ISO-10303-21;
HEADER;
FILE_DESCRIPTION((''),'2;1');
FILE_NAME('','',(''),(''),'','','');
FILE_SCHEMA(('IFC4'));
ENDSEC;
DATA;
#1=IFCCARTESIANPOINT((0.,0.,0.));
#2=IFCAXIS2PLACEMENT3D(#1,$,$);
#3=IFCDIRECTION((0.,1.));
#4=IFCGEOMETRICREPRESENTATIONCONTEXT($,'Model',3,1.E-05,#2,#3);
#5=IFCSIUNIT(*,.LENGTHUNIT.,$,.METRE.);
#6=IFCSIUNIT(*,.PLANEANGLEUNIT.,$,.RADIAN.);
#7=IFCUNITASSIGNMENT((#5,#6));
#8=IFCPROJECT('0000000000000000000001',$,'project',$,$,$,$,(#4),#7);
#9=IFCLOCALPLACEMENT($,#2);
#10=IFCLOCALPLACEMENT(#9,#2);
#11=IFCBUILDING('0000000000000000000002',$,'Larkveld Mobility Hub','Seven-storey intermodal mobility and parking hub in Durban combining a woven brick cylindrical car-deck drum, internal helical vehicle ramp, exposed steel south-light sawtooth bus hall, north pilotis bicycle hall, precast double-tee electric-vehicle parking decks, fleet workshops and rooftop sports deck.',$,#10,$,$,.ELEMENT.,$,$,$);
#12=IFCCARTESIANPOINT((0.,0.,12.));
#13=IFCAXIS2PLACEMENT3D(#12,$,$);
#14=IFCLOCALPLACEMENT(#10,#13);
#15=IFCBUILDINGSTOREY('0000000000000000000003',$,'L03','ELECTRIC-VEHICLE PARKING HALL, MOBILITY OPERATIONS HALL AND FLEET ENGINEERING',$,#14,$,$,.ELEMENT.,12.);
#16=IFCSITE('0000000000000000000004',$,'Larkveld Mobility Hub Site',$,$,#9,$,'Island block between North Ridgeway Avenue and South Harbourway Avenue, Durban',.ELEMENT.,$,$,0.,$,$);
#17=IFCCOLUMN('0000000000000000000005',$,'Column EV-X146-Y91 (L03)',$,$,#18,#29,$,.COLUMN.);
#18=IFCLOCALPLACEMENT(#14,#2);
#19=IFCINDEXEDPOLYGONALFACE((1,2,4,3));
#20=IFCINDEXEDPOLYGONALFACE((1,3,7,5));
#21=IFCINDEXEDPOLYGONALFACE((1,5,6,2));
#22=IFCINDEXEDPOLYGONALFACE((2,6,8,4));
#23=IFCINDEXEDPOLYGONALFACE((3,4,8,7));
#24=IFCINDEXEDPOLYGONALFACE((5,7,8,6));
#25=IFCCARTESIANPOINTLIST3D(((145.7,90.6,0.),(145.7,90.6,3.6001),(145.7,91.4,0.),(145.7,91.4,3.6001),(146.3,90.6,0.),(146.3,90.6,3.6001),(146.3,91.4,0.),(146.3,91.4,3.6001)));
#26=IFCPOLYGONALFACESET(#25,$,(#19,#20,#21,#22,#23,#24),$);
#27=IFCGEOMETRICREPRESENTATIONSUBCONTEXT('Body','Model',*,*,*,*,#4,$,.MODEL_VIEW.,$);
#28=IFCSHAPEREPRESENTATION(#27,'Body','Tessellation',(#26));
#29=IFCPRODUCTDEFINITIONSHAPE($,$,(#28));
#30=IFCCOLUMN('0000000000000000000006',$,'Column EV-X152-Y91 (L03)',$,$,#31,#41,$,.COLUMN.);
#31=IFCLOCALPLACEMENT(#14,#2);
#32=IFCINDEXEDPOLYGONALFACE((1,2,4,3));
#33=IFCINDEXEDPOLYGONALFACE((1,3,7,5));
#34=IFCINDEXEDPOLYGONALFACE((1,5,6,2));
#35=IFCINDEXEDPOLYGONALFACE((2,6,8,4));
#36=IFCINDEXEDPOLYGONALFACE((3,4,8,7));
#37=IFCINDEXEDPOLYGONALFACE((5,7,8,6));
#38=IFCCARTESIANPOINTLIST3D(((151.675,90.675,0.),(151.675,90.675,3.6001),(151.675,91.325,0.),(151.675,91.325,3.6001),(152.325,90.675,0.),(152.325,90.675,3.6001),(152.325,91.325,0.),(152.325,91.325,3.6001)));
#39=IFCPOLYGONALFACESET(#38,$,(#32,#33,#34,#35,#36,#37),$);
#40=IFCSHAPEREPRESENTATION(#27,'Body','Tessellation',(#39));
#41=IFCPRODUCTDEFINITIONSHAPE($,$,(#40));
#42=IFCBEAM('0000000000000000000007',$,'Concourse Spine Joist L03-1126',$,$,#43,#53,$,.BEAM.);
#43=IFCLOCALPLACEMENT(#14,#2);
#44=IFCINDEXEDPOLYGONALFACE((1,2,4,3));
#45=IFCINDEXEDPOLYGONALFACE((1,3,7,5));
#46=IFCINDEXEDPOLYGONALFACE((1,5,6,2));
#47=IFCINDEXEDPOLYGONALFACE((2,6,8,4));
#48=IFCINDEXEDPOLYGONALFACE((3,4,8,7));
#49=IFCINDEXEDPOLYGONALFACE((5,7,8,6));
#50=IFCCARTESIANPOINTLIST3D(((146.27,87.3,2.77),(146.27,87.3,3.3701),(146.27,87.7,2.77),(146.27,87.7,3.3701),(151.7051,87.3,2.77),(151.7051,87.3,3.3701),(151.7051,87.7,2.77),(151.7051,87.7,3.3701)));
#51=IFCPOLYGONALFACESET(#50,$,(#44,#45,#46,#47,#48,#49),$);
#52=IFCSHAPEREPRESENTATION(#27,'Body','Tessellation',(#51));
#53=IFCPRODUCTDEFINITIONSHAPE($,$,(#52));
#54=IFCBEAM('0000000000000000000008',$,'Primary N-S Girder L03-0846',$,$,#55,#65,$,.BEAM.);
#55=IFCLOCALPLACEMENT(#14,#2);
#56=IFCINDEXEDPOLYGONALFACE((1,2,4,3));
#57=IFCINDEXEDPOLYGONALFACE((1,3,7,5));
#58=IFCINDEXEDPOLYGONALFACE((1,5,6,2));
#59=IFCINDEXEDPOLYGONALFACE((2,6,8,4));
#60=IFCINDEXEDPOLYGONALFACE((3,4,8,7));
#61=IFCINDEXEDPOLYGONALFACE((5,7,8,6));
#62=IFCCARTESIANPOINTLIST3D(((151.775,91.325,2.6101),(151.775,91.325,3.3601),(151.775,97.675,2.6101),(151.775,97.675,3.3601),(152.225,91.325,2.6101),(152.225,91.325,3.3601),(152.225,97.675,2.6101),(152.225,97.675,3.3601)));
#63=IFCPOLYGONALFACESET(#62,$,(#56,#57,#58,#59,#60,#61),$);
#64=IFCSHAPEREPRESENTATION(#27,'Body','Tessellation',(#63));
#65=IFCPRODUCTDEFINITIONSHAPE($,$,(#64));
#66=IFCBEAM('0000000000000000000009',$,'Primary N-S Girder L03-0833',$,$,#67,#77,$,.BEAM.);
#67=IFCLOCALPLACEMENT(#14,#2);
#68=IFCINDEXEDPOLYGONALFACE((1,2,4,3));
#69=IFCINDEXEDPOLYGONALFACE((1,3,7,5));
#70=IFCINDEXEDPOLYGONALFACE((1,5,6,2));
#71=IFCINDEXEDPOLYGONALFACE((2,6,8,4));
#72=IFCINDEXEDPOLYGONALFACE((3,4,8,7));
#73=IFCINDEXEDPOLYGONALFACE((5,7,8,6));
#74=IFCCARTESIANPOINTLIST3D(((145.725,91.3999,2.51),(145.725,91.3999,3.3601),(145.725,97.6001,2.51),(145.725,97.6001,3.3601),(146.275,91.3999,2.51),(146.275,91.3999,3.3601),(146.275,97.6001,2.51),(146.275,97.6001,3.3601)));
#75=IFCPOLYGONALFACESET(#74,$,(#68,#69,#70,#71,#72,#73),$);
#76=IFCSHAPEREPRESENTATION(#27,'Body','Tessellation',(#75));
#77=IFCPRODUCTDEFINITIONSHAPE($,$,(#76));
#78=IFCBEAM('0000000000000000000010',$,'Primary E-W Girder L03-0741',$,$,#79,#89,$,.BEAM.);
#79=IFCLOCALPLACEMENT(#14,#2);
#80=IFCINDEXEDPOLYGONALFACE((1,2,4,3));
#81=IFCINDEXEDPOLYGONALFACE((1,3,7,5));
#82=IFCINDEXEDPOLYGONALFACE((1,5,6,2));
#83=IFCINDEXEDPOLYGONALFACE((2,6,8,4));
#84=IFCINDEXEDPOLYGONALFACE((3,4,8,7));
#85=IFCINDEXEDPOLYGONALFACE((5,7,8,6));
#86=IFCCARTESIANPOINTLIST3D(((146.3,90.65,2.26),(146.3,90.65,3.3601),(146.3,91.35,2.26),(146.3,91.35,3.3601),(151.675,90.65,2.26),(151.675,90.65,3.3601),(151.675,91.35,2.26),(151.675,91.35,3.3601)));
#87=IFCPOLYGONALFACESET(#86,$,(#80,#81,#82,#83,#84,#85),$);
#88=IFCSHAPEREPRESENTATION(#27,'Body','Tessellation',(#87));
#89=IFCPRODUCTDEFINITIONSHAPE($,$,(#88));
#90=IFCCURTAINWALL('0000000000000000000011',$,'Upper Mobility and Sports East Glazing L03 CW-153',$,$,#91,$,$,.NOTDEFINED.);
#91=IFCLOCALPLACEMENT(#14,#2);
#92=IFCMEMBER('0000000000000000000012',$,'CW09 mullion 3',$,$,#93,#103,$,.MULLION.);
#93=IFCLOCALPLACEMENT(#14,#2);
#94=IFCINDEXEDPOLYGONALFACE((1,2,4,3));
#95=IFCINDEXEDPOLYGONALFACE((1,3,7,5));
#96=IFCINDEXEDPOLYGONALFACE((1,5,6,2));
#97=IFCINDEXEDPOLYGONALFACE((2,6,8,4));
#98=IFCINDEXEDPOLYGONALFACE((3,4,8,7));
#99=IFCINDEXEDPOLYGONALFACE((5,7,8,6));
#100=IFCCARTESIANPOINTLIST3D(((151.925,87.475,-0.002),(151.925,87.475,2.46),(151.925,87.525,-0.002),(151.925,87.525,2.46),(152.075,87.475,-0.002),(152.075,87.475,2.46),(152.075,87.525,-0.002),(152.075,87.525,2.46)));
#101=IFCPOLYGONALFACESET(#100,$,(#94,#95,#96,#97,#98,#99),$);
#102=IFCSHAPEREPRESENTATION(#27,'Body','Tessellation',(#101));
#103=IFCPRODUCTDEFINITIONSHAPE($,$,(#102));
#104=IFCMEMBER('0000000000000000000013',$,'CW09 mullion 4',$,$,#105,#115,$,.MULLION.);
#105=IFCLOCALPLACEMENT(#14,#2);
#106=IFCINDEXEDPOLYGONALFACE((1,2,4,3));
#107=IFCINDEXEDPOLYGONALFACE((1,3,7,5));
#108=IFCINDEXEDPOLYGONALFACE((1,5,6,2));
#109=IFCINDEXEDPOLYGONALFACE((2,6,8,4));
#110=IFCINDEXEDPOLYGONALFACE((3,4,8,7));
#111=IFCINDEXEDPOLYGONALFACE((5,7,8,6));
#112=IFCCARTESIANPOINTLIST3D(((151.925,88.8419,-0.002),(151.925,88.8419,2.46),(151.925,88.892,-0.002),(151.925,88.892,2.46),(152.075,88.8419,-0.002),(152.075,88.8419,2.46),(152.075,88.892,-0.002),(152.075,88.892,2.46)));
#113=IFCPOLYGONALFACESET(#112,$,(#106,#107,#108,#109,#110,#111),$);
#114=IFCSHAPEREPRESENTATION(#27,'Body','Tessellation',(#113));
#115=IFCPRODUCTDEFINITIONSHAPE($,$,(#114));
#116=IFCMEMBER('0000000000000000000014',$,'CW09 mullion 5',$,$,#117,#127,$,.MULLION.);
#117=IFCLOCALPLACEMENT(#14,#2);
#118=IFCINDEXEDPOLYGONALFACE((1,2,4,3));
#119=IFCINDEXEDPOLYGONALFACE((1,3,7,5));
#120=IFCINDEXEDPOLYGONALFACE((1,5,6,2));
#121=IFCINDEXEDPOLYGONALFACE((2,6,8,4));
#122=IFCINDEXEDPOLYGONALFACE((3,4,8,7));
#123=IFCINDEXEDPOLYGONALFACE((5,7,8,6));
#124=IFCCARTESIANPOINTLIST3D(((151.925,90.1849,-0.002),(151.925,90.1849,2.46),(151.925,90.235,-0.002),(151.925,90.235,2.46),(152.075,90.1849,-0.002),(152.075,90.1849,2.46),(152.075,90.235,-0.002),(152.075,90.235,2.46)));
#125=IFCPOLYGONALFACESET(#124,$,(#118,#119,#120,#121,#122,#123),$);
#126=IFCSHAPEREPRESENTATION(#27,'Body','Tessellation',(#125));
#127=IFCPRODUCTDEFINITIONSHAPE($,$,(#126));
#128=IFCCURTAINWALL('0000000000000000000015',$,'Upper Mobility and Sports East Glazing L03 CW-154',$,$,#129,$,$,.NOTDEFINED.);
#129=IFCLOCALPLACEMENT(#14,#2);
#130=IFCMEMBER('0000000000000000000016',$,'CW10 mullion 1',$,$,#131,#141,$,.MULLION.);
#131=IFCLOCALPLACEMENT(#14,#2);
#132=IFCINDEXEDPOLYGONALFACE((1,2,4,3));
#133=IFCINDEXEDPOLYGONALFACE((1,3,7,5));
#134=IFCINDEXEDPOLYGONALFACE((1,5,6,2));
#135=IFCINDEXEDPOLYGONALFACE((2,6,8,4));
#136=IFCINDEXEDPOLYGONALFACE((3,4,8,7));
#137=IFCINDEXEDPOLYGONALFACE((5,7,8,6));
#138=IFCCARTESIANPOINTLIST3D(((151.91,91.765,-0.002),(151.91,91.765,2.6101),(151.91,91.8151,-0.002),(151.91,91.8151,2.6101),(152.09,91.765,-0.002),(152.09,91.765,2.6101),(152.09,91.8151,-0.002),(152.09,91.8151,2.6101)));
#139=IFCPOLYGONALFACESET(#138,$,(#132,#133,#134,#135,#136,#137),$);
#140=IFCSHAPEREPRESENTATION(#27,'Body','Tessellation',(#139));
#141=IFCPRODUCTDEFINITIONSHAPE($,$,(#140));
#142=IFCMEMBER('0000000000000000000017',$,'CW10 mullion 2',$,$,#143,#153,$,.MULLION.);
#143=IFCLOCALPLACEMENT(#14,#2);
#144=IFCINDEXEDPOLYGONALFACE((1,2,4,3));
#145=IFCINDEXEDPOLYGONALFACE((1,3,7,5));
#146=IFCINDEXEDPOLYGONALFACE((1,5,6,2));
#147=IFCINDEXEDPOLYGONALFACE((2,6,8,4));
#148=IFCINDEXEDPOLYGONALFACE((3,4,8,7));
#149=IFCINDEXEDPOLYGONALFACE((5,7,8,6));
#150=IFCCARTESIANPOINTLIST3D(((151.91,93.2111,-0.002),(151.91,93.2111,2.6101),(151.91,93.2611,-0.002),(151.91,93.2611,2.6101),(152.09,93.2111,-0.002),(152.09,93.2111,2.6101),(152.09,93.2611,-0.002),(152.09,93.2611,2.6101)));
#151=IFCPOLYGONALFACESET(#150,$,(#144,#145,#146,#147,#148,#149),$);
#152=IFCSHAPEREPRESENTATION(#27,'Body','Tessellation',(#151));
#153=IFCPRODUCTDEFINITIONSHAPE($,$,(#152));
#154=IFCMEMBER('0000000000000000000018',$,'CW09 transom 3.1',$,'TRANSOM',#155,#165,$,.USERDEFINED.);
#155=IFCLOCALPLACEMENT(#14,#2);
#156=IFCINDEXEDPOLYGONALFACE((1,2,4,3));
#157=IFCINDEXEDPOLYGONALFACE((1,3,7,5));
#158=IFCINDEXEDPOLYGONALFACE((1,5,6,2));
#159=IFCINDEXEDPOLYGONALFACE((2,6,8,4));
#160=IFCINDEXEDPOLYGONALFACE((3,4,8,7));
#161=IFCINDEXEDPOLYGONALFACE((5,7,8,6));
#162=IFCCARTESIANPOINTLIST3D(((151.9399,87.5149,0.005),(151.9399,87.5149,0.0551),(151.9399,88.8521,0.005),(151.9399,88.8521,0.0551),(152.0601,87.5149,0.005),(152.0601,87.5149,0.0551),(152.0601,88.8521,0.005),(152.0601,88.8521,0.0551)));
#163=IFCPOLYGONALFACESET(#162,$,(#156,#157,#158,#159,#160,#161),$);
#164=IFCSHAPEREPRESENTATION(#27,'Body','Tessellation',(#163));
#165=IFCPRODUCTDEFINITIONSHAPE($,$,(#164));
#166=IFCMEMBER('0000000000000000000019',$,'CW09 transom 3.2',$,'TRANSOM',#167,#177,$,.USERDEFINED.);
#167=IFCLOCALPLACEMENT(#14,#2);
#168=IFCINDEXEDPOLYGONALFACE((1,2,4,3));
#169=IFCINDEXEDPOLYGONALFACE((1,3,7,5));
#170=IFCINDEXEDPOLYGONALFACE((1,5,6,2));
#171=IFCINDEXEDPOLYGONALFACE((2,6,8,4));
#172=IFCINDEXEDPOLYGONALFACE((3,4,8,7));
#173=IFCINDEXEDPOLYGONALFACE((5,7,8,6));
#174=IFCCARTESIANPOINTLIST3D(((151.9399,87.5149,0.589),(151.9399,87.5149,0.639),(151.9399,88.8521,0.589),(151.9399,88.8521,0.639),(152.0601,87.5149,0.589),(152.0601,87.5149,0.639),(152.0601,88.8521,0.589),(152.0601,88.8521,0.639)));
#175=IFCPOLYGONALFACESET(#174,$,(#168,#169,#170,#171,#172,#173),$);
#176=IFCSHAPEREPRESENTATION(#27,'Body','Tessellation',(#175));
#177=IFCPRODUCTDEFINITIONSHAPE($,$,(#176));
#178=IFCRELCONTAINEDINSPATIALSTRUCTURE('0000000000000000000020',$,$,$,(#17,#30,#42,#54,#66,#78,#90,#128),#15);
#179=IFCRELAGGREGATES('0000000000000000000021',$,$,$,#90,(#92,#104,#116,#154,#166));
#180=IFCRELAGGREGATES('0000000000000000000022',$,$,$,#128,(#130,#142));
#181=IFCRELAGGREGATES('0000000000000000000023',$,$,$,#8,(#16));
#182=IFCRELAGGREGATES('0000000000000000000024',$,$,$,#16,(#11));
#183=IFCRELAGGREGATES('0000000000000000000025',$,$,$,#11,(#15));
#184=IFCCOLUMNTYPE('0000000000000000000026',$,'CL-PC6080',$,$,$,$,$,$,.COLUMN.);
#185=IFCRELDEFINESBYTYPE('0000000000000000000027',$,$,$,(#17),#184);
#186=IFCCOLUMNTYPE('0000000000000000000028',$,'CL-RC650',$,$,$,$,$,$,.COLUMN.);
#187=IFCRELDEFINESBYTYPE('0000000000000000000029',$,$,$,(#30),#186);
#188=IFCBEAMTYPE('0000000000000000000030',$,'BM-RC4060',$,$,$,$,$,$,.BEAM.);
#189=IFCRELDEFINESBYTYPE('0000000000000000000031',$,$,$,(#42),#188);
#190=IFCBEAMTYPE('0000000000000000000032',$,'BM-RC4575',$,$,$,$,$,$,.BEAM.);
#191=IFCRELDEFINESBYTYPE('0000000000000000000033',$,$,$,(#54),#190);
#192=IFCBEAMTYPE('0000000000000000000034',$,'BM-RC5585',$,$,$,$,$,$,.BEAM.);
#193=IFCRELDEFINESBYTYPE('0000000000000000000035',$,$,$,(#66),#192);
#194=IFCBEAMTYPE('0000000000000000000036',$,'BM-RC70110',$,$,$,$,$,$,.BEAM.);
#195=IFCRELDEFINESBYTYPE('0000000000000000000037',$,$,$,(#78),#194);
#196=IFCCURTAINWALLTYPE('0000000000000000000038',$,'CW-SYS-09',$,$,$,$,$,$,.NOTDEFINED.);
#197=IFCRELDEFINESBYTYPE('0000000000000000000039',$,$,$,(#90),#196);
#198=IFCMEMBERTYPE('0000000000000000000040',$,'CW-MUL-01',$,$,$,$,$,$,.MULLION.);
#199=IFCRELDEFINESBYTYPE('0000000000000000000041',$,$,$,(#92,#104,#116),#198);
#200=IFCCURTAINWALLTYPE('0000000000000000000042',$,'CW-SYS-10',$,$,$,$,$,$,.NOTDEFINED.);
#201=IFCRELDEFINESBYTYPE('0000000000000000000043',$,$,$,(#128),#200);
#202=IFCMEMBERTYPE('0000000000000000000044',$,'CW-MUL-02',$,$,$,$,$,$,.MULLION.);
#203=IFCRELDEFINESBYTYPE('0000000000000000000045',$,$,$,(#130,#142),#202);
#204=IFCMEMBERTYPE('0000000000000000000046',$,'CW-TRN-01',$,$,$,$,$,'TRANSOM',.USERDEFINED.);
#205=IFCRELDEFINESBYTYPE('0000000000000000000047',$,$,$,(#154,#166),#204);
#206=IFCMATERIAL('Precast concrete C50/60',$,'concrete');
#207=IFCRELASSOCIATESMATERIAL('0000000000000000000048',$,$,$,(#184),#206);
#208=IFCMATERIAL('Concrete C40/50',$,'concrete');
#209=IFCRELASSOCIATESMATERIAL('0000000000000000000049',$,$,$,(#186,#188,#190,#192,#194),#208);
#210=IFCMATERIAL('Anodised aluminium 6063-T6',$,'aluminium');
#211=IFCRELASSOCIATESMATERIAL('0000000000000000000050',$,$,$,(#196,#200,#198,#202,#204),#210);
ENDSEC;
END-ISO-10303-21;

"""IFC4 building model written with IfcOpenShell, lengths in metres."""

from ifc_helpers import new_model, si_unit, direction, frame, origin, origin_2d, place, context, subcontext, project, spatial, rectangle, extrude, material, material_profile, profile_set, type_object, element, aggregate, save


model = new_model("IFC4")

# Units and contexts
model_context = context("Model", 3, precision=1e-05, world=origin(), true_north=direction((0.0, 1.0)))
body_context = subcontext(model_context, "Body", "Model", "MODEL_VIEW")
ifc_project = project(units=[si_unit("LENGTHUNIT", "METRE"), si_unit("PLANEANGLEUNIT", "RADIAN")], contexts=[model_context])

# Site, building, storey
site_placement = place(None, origin())
site = spatial("IfcSite", under=ifc_project, at=site_placement, Name="Larkveld Mobility Hub Site", LongName="Island block between North Ridgeway Avenue and South Harbourway Avenue, Durban", CompositionType="ELEMENT", RefElevation=0.0)
building_placement = place(site_placement, origin())
building = spatial("IfcBuilding", under=site, at=building_placement, Name="Larkveld Mobility Hub", Description="Seven-storey intermodal mobility and parking hub in Durban combining a woven brick cylindrical car-deck drum, internal helical vehicle ramp, exposed steel south-light sawtooth bus hall, north pilotis bicycle hall, precast double-tee electric-vehicle parking decks, fleet workshops and rooftop sports deck.", CompositionType="ELEMENT")
storey_placement = place(building_placement, frame((0.0, 0.0, 12.0)))
storey = spatial("IfcBuildingStorey", under=building, at=storey_placement, Name="L03", Description="ELECTRIC-VEHICLE PARKING HALL, MOBILITY OPERATIONS HALL AND FLEET ENGINEERING", CompositionType="ELEMENT", Elevation=12.0)

# Columns
ifc_material_1 = material(Name="Precast concrete C50/60", Category="concrete")
ifc_material_profile_1 = material_profile(ifc_material_1, rectangle(XDim=0.6001, YDim=0.8, at=origin_2d()), Name="RC COL 600x800")
ifc_profile_set_1 = profile_set([ifc_material_profile_1], Name="Precast concrete C50/60")
column_type_1 = type_object("IfcColumnType", Name="CL-PC6080", PredefinedType="COLUMN", material=ifc_profile_set_1)
column_1_placement = place(storey_placement, frame((146.0, 91.0, 0.0), z_axis=(0.0, 0.0, 1.0), x_axis=(1.0, 0.0, 0.0)))
element("IfcColumn", 1, at=column_1_placement, inside=storey, type_object=column_type_1, Name="Column EV-X146-Y91 (L03)", PredefinedType="COLUMN", context=body_context, shape_type="SweptSolid", body=[
    extrude(rectangle(XDim=0.6001, YDim=0.8, at=origin_2d()), origin(), (0.0, 0.0, 1.0), 3.6001),
])
ifc_material_2 = material(Name="Concrete C40/50", Category="concrete")
ifc_material_profile_2 = material_profile(ifc_material_2, rectangle(XDim=0.6499, YDim=0.6499, at=origin_2d()), Name="RC COL 650x650")
ifc_profile_set_2 = profile_set([ifc_material_profile_2], Name="Concrete C40/50")
column_type_2 = type_object("IfcColumnType", Name="CL-RC650", PredefinedType="COLUMN", material=ifc_profile_set_2)
column_2_placement = place(storey_placement, frame((152.0, 91.0, 0.0), z_axis=(0.0, 0.0, 1.0), x_axis=(1.0, 0.0, 0.0)))
element("IfcColumn", 2, at=column_2_placement, inside=storey, type_object=column_type_2, Name="Column EV-X152-Y91 (L03)", PredefinedType="COLUMN", context=body_context, shape_type="SweptSolid", body=[
    extrude(rectangle(XDim=0.6499, YDim=0.6499, at=origin_2d()), origin(), (0.0, 0.0, 1.0), 3.6001),
])

# Beams
ifc_material_profile_3 = material_profile(ifc_material_2, rectangle(XDim=0.3999, YDim=0.6001, at=origin_2d()), Name="RC BM 400x600")
ifc_profile_set_3 = profile_set([ifc_material_profile_3], Name="Concrete C40/50")
beam_type_1 = type_object("IfcBeamType", Name="BM-RC4060", PredefinedType="BEAM", material=ifc_profile_set_3)
beam_1_placement = place(storey_placement, frame((146.27, 87.5, 3.0701), z_axis=(1.0, 0.0, 0.0), x_axis=(0.0, 1.0, 0.0)))
element("IfcBeam", 3, at=beam_1_placement, inside=storey, type_object=beam_type_1, Name="Concourse Spine Joist L03-1126", PredefinedType="BEAM", context=body_context, shape_type="SweptSolid", body=[
    extrude(rectangle(XDim=0.3999, YDim=0.6001, at=origin_2d()), origin(), (0.0, 0.0, 1.0), 5.4351),
])
ifc_material_profile_4 = material_profile(ifc_material_2, rectangle(XDim=0.45, YDim=0.75, at=origin_2d()), Name="RC BM 450x750")
ifc_profile_set_4 = profile_set([ifc_material_profile_4], Name="Concrete C40/50")
beam_type_2 = type_object("IfcBeamType", Name="BM-RC4575", PredefinedType="BEAM", material=ifc_profile_set_4)
beam_2_placement = place(storey_placement, frame((152.0, 91.325, 2.9851), z_axis=(0.0, 1.0, 0.0), x_axis=(-1.0, 0.0, 0.0)))
element("IfcBeam", 4, at=beam_2_placement, inside=storey, type_object=beam_type_2, Name="Primary N-S Girder L03-0846", PredefinedType="BEAM", context=body_context, shape_type="SweptSolid", body=[
    extrude(rectangle(XDim=0.45, YDim=0.75, at=origin_2d()), origin(), (0.0, 0.0, 1.0), 6.3501),
])
ifc_material_profile_5 = material_profile(ifc_material_2, rectangle(XDim=0.55, YDim=0.8501, at=origin_2d()), Name="RC BM 550x850")
ifc_profile_set_5 = profile_set([ifc_material_profile_5], Name="Concrete C40/50")
beam_type_3 = type_object("IfcBeamType", Name="BM-RC5585", PredefinedType="BEAM", material=ifc_profile_set_5)
beam_3_placement = place(storey_placement, frame((146.0, 91.3999, 2.9351), z_axis=(0.0, 1.0, 0.0), x_axis=(-1.0, 0.0, 0.0)))
element("IfcBeam", 5, at=beam_3_placement, inside=storey, type_object=beam_type_3, Name="Primary N-S Girder L03-0833", PredefinedType="BEAM", context=body_context, shape_type="SweptSolid", body=[
    extrude(rectangle(XDim=0.55, YDim=0.8501, at=origin_2d()), origin(), (0.0, 0.0, 1.0), 6.2002),
])
ifc_material_profile_6 = material_profile(ifc_material_2, rectangle(XDim=0.7, YDim=1.1001, at=origin_2d()), Name="RC BM 700x1100")
ifc_profile_set_6 = profile_set([ifc_material_profile_6], Name="Concrete C40/50")
beam_type_4 = type_object("IfcBeamType", Name="BM-RC70110", PredefinedType="BEAM", material=ifc_profile_set_6)
beam_4_placement = place(storey_placement, frame((146.3, 91.0, 2.8101), z_axis=(1.0, 0.0, 0.0), x_axis=(0.0, 1.0, 0.0)))
element("IfcBeam", 6, at=beam_4_placement, inside=storey, type_object=beam_type_4, Name="Primary E-W Girder L03-0741", PredefinedType="BEAM", context=body_context, shape_type="SweptSolid", body=[
    extrude(rectangle(XDim=0.7, YDim=1.1001, at=origin_2d()), origin(), (0.0, 0.0, 1.0), 5.375),
])

# Curtain walls, members
ifc_material_3 = material(Name="Anodised aluminium 6063-T6", Category="aluminium")
curtain_wall_type_1 = type_object("IfcCurtainWallType", Name="CW-SYS-09", PredefinedType="NOTDEFINED", material=ifc_material_3)
curtain_wall_1_placement = place(storey_placement, origin())
curtain_wall_1 = element("IfcCurtainWall", 7, at=curtain_wall_1_placement, inside=storey, type_object=curtain_wall_type_1, Name="Upper Mobility and Sports East Glazing L03 CW-153", PredefinedType="NOTDEFINED")
ifc_material_profile_7 = material_profile(ifc_material_3, rectangle(XDim=0.05, YDim=0.1499, at=origin_2d()), Name="ALU MULL 50x150")
ifc_profile_set_7 = profile_set([ifc_material_profile_7], Name="Anodised aluminium 6063-T6")
member_type_1 = type_object("IfcMemberType", Name="CW-MUL-01", PredefinedType="MULLION", material=ifc_profile_set_7)
member_1_placement = place(storey_placement, frame((152.0, 87.5, -0.002), z_axis=(0.0, 0.0, 1.0), x_axis=(0.0, 1.0, 0.0)))
member_1 = element("IfcMember", 8, at=member_1_placement, type_object=member_type_1, Name="CW09 mullion 3", PredefinedType="MULLION", context=body_context, shape_type="SweptSolid", body=[
    extrude(rectangle(XDim=0.05, YDim=0.1499, at=origin_2d()), origin(), (0.0, 0.0, 1.0), 2.4619),
])
member_2_placement = place(storey_placement, frame((152.0, 88.8669, -0.002), z_axis=(0.0, 0.0, 1.0), x_axis=(0.0, 1.0, 0.0)))
member_2 = element("IfcMember", 9, at=member_2_placement, type_object=member_type_1, Name="CW09 mullion 4", PredefinedType="MULLION", context=body_context, shape_type="SweptSolid", body=[
    extrude(rectangle(XDim=0.05, YDim=0.1499, at=origin_2d()), origin(), (0.0, 0.0, 1.0), 2.4619),
])
member_3_placement = place(storey_placement, frame((152.0, 90.21, -0.002), z_axis=(0.0, 0.0, 1.0), x_axis=(0.0, 1.0, 0.0)))
member_3 = element("IfcMember", 10, at=member_3_placement, type_object=member_type_1, Name="CW09 mullion 5", PredefinedType="MULLION", context=body_context, shape_type="SweptSolid", body=[
    extrude(rectangle(XDim=0.05, YDim=0.1499, at=origin_2d()), origin(), (0.0, 0.0, 1.0), 2.4619),
])
curtain_wall_type_2 = type_object("IfcCurtainWallType", Name="CW-SYS-10", PredefinedType="NOTDEFINED", material=ifc_material_3)
curtain_wall_2_placement = place(storey_placement, origin())
curtain_wall_2 = element("IfcCurtainWall", 11, at=curtain_wall_2_placement, inside=storey, type_object=curtain_wall_type_2, Name="Upper Mobility and Sports East Glazing L03 CW-154", PredefinedType="NOTDEFINED")
ifc_material_profile_8 = material_profile(ifc_material_3, rectangle(XDim=0.05, YDim=0.1799, at=origin_2d()), Name="ALU MULL 50x180")
ifc_profile_set_8 = profile_set([ifc_material_profile_8], Name="Anodised aluminium 6063-T6")
member_type_2 = type_object("IfcMemberType", Name="CW-MUL-02", PredefinedType="MULLION", material=ifc_profile_set_8)
member_4_placement = place(storey_placement, frame((152.0, 91.79, -0.002), z_axis=(0.0, 0.0, 1.0), x_axis=(0.0, 1.0, 0.0)))
member_4 = element("IfcMember", 12, at=member_4_placement, type_object=member_type_2, Name="CW10 mullion 1", PredefinedType="MULLION", context=body_context, shape_type="SweptSolid", body=[
    extrude(rectangle(XDim=0.05, YDim=0.1799, at=origin_2d()), origin(), (0.0, 0.0, 1.0), 2.6121),
])
member_5_placement = place(storey_placement, frame((152.0, 93.2361, -0.002), z_axis=(0.0, 0.0, 1.0), x_axis=(0.0, 1.0, 0.0)))
member_5 = element("IfcMember", 13, at=member_5_placement, type_object=member_type_2, Name="CW10 mullion 2", PredefinedType="MULLION", context=body_context, shape_type="SweptSolid", body=[
    extrude(rectangle(XDim=0.05, YDim=0.1799, at=origin_2d()), origin(), (0.0, 0.0, 1.0), 2.6121),
])

# Members
ifc_material_profile_9 = material_profile(ifc_material_3, rectangle(XDim=0.1201, YDim=0.05, at=origin_2d()), Name="ALU TRAN 50x120")
ifc_profile_set_9 = profile_set([ifc_material_profile_9], Name="Anodised aluminium 6063-T6")
member_type_3 = type_object("IfcMemberType", Name="CW-TRN-01", ElementType="TRANSOM", PredefinedType="USERDEFINED", material=ifc_profile_set_9)
member_6_placement = place(storey_placement, frame((152.0, 87.5149, 0.03), z_axis=(0.0, 1.0, 0.0), x_axis=(-1.0, 0.0, 0.0)))
member_6 = element("IfcMember", 14, at=member_6_placement, type_object=member_type_3, Name="CW09 transom 3.1", ObjectType="TRANSOM", PredefinedType="USERDEFINED", context=body_context, shape_type="SweptSolid", body=[
    extrude(rectangle(XDim=0.1201, YDim=0.05, at=origin_2d()), origin(), (0.0, 0.0, 1.0), 1.3372),
])
member_7_placement = place(storey_placement, frame((152.0, 87.5149, 0.614), z_axis=(0.0, 1.0, 0.0), x_axis=(-1.0, 0.0, 0.0)))
member_7 = element("IfcMember", 15, at=member_7_placement, type_object=member_type_3, Name="CW09 transom 3.2", ObjectType="TRANSOM", PredefinedType="USERDEFINED", context=body_context, shape_type="SweptSolid", body=[
    extrude(rectangle(XDim=0.1201, YDim=0.05, at=origin_2d()), origin(), (0.0, 0.0, 1.0), 1.3372),
])

aggregate(curtain_wall_1, [member_1, member_2, member_3, member_6, member_7])
aggregate(curtain_wall_2, [member_4, member_5])

save(model, "model.ifc")
